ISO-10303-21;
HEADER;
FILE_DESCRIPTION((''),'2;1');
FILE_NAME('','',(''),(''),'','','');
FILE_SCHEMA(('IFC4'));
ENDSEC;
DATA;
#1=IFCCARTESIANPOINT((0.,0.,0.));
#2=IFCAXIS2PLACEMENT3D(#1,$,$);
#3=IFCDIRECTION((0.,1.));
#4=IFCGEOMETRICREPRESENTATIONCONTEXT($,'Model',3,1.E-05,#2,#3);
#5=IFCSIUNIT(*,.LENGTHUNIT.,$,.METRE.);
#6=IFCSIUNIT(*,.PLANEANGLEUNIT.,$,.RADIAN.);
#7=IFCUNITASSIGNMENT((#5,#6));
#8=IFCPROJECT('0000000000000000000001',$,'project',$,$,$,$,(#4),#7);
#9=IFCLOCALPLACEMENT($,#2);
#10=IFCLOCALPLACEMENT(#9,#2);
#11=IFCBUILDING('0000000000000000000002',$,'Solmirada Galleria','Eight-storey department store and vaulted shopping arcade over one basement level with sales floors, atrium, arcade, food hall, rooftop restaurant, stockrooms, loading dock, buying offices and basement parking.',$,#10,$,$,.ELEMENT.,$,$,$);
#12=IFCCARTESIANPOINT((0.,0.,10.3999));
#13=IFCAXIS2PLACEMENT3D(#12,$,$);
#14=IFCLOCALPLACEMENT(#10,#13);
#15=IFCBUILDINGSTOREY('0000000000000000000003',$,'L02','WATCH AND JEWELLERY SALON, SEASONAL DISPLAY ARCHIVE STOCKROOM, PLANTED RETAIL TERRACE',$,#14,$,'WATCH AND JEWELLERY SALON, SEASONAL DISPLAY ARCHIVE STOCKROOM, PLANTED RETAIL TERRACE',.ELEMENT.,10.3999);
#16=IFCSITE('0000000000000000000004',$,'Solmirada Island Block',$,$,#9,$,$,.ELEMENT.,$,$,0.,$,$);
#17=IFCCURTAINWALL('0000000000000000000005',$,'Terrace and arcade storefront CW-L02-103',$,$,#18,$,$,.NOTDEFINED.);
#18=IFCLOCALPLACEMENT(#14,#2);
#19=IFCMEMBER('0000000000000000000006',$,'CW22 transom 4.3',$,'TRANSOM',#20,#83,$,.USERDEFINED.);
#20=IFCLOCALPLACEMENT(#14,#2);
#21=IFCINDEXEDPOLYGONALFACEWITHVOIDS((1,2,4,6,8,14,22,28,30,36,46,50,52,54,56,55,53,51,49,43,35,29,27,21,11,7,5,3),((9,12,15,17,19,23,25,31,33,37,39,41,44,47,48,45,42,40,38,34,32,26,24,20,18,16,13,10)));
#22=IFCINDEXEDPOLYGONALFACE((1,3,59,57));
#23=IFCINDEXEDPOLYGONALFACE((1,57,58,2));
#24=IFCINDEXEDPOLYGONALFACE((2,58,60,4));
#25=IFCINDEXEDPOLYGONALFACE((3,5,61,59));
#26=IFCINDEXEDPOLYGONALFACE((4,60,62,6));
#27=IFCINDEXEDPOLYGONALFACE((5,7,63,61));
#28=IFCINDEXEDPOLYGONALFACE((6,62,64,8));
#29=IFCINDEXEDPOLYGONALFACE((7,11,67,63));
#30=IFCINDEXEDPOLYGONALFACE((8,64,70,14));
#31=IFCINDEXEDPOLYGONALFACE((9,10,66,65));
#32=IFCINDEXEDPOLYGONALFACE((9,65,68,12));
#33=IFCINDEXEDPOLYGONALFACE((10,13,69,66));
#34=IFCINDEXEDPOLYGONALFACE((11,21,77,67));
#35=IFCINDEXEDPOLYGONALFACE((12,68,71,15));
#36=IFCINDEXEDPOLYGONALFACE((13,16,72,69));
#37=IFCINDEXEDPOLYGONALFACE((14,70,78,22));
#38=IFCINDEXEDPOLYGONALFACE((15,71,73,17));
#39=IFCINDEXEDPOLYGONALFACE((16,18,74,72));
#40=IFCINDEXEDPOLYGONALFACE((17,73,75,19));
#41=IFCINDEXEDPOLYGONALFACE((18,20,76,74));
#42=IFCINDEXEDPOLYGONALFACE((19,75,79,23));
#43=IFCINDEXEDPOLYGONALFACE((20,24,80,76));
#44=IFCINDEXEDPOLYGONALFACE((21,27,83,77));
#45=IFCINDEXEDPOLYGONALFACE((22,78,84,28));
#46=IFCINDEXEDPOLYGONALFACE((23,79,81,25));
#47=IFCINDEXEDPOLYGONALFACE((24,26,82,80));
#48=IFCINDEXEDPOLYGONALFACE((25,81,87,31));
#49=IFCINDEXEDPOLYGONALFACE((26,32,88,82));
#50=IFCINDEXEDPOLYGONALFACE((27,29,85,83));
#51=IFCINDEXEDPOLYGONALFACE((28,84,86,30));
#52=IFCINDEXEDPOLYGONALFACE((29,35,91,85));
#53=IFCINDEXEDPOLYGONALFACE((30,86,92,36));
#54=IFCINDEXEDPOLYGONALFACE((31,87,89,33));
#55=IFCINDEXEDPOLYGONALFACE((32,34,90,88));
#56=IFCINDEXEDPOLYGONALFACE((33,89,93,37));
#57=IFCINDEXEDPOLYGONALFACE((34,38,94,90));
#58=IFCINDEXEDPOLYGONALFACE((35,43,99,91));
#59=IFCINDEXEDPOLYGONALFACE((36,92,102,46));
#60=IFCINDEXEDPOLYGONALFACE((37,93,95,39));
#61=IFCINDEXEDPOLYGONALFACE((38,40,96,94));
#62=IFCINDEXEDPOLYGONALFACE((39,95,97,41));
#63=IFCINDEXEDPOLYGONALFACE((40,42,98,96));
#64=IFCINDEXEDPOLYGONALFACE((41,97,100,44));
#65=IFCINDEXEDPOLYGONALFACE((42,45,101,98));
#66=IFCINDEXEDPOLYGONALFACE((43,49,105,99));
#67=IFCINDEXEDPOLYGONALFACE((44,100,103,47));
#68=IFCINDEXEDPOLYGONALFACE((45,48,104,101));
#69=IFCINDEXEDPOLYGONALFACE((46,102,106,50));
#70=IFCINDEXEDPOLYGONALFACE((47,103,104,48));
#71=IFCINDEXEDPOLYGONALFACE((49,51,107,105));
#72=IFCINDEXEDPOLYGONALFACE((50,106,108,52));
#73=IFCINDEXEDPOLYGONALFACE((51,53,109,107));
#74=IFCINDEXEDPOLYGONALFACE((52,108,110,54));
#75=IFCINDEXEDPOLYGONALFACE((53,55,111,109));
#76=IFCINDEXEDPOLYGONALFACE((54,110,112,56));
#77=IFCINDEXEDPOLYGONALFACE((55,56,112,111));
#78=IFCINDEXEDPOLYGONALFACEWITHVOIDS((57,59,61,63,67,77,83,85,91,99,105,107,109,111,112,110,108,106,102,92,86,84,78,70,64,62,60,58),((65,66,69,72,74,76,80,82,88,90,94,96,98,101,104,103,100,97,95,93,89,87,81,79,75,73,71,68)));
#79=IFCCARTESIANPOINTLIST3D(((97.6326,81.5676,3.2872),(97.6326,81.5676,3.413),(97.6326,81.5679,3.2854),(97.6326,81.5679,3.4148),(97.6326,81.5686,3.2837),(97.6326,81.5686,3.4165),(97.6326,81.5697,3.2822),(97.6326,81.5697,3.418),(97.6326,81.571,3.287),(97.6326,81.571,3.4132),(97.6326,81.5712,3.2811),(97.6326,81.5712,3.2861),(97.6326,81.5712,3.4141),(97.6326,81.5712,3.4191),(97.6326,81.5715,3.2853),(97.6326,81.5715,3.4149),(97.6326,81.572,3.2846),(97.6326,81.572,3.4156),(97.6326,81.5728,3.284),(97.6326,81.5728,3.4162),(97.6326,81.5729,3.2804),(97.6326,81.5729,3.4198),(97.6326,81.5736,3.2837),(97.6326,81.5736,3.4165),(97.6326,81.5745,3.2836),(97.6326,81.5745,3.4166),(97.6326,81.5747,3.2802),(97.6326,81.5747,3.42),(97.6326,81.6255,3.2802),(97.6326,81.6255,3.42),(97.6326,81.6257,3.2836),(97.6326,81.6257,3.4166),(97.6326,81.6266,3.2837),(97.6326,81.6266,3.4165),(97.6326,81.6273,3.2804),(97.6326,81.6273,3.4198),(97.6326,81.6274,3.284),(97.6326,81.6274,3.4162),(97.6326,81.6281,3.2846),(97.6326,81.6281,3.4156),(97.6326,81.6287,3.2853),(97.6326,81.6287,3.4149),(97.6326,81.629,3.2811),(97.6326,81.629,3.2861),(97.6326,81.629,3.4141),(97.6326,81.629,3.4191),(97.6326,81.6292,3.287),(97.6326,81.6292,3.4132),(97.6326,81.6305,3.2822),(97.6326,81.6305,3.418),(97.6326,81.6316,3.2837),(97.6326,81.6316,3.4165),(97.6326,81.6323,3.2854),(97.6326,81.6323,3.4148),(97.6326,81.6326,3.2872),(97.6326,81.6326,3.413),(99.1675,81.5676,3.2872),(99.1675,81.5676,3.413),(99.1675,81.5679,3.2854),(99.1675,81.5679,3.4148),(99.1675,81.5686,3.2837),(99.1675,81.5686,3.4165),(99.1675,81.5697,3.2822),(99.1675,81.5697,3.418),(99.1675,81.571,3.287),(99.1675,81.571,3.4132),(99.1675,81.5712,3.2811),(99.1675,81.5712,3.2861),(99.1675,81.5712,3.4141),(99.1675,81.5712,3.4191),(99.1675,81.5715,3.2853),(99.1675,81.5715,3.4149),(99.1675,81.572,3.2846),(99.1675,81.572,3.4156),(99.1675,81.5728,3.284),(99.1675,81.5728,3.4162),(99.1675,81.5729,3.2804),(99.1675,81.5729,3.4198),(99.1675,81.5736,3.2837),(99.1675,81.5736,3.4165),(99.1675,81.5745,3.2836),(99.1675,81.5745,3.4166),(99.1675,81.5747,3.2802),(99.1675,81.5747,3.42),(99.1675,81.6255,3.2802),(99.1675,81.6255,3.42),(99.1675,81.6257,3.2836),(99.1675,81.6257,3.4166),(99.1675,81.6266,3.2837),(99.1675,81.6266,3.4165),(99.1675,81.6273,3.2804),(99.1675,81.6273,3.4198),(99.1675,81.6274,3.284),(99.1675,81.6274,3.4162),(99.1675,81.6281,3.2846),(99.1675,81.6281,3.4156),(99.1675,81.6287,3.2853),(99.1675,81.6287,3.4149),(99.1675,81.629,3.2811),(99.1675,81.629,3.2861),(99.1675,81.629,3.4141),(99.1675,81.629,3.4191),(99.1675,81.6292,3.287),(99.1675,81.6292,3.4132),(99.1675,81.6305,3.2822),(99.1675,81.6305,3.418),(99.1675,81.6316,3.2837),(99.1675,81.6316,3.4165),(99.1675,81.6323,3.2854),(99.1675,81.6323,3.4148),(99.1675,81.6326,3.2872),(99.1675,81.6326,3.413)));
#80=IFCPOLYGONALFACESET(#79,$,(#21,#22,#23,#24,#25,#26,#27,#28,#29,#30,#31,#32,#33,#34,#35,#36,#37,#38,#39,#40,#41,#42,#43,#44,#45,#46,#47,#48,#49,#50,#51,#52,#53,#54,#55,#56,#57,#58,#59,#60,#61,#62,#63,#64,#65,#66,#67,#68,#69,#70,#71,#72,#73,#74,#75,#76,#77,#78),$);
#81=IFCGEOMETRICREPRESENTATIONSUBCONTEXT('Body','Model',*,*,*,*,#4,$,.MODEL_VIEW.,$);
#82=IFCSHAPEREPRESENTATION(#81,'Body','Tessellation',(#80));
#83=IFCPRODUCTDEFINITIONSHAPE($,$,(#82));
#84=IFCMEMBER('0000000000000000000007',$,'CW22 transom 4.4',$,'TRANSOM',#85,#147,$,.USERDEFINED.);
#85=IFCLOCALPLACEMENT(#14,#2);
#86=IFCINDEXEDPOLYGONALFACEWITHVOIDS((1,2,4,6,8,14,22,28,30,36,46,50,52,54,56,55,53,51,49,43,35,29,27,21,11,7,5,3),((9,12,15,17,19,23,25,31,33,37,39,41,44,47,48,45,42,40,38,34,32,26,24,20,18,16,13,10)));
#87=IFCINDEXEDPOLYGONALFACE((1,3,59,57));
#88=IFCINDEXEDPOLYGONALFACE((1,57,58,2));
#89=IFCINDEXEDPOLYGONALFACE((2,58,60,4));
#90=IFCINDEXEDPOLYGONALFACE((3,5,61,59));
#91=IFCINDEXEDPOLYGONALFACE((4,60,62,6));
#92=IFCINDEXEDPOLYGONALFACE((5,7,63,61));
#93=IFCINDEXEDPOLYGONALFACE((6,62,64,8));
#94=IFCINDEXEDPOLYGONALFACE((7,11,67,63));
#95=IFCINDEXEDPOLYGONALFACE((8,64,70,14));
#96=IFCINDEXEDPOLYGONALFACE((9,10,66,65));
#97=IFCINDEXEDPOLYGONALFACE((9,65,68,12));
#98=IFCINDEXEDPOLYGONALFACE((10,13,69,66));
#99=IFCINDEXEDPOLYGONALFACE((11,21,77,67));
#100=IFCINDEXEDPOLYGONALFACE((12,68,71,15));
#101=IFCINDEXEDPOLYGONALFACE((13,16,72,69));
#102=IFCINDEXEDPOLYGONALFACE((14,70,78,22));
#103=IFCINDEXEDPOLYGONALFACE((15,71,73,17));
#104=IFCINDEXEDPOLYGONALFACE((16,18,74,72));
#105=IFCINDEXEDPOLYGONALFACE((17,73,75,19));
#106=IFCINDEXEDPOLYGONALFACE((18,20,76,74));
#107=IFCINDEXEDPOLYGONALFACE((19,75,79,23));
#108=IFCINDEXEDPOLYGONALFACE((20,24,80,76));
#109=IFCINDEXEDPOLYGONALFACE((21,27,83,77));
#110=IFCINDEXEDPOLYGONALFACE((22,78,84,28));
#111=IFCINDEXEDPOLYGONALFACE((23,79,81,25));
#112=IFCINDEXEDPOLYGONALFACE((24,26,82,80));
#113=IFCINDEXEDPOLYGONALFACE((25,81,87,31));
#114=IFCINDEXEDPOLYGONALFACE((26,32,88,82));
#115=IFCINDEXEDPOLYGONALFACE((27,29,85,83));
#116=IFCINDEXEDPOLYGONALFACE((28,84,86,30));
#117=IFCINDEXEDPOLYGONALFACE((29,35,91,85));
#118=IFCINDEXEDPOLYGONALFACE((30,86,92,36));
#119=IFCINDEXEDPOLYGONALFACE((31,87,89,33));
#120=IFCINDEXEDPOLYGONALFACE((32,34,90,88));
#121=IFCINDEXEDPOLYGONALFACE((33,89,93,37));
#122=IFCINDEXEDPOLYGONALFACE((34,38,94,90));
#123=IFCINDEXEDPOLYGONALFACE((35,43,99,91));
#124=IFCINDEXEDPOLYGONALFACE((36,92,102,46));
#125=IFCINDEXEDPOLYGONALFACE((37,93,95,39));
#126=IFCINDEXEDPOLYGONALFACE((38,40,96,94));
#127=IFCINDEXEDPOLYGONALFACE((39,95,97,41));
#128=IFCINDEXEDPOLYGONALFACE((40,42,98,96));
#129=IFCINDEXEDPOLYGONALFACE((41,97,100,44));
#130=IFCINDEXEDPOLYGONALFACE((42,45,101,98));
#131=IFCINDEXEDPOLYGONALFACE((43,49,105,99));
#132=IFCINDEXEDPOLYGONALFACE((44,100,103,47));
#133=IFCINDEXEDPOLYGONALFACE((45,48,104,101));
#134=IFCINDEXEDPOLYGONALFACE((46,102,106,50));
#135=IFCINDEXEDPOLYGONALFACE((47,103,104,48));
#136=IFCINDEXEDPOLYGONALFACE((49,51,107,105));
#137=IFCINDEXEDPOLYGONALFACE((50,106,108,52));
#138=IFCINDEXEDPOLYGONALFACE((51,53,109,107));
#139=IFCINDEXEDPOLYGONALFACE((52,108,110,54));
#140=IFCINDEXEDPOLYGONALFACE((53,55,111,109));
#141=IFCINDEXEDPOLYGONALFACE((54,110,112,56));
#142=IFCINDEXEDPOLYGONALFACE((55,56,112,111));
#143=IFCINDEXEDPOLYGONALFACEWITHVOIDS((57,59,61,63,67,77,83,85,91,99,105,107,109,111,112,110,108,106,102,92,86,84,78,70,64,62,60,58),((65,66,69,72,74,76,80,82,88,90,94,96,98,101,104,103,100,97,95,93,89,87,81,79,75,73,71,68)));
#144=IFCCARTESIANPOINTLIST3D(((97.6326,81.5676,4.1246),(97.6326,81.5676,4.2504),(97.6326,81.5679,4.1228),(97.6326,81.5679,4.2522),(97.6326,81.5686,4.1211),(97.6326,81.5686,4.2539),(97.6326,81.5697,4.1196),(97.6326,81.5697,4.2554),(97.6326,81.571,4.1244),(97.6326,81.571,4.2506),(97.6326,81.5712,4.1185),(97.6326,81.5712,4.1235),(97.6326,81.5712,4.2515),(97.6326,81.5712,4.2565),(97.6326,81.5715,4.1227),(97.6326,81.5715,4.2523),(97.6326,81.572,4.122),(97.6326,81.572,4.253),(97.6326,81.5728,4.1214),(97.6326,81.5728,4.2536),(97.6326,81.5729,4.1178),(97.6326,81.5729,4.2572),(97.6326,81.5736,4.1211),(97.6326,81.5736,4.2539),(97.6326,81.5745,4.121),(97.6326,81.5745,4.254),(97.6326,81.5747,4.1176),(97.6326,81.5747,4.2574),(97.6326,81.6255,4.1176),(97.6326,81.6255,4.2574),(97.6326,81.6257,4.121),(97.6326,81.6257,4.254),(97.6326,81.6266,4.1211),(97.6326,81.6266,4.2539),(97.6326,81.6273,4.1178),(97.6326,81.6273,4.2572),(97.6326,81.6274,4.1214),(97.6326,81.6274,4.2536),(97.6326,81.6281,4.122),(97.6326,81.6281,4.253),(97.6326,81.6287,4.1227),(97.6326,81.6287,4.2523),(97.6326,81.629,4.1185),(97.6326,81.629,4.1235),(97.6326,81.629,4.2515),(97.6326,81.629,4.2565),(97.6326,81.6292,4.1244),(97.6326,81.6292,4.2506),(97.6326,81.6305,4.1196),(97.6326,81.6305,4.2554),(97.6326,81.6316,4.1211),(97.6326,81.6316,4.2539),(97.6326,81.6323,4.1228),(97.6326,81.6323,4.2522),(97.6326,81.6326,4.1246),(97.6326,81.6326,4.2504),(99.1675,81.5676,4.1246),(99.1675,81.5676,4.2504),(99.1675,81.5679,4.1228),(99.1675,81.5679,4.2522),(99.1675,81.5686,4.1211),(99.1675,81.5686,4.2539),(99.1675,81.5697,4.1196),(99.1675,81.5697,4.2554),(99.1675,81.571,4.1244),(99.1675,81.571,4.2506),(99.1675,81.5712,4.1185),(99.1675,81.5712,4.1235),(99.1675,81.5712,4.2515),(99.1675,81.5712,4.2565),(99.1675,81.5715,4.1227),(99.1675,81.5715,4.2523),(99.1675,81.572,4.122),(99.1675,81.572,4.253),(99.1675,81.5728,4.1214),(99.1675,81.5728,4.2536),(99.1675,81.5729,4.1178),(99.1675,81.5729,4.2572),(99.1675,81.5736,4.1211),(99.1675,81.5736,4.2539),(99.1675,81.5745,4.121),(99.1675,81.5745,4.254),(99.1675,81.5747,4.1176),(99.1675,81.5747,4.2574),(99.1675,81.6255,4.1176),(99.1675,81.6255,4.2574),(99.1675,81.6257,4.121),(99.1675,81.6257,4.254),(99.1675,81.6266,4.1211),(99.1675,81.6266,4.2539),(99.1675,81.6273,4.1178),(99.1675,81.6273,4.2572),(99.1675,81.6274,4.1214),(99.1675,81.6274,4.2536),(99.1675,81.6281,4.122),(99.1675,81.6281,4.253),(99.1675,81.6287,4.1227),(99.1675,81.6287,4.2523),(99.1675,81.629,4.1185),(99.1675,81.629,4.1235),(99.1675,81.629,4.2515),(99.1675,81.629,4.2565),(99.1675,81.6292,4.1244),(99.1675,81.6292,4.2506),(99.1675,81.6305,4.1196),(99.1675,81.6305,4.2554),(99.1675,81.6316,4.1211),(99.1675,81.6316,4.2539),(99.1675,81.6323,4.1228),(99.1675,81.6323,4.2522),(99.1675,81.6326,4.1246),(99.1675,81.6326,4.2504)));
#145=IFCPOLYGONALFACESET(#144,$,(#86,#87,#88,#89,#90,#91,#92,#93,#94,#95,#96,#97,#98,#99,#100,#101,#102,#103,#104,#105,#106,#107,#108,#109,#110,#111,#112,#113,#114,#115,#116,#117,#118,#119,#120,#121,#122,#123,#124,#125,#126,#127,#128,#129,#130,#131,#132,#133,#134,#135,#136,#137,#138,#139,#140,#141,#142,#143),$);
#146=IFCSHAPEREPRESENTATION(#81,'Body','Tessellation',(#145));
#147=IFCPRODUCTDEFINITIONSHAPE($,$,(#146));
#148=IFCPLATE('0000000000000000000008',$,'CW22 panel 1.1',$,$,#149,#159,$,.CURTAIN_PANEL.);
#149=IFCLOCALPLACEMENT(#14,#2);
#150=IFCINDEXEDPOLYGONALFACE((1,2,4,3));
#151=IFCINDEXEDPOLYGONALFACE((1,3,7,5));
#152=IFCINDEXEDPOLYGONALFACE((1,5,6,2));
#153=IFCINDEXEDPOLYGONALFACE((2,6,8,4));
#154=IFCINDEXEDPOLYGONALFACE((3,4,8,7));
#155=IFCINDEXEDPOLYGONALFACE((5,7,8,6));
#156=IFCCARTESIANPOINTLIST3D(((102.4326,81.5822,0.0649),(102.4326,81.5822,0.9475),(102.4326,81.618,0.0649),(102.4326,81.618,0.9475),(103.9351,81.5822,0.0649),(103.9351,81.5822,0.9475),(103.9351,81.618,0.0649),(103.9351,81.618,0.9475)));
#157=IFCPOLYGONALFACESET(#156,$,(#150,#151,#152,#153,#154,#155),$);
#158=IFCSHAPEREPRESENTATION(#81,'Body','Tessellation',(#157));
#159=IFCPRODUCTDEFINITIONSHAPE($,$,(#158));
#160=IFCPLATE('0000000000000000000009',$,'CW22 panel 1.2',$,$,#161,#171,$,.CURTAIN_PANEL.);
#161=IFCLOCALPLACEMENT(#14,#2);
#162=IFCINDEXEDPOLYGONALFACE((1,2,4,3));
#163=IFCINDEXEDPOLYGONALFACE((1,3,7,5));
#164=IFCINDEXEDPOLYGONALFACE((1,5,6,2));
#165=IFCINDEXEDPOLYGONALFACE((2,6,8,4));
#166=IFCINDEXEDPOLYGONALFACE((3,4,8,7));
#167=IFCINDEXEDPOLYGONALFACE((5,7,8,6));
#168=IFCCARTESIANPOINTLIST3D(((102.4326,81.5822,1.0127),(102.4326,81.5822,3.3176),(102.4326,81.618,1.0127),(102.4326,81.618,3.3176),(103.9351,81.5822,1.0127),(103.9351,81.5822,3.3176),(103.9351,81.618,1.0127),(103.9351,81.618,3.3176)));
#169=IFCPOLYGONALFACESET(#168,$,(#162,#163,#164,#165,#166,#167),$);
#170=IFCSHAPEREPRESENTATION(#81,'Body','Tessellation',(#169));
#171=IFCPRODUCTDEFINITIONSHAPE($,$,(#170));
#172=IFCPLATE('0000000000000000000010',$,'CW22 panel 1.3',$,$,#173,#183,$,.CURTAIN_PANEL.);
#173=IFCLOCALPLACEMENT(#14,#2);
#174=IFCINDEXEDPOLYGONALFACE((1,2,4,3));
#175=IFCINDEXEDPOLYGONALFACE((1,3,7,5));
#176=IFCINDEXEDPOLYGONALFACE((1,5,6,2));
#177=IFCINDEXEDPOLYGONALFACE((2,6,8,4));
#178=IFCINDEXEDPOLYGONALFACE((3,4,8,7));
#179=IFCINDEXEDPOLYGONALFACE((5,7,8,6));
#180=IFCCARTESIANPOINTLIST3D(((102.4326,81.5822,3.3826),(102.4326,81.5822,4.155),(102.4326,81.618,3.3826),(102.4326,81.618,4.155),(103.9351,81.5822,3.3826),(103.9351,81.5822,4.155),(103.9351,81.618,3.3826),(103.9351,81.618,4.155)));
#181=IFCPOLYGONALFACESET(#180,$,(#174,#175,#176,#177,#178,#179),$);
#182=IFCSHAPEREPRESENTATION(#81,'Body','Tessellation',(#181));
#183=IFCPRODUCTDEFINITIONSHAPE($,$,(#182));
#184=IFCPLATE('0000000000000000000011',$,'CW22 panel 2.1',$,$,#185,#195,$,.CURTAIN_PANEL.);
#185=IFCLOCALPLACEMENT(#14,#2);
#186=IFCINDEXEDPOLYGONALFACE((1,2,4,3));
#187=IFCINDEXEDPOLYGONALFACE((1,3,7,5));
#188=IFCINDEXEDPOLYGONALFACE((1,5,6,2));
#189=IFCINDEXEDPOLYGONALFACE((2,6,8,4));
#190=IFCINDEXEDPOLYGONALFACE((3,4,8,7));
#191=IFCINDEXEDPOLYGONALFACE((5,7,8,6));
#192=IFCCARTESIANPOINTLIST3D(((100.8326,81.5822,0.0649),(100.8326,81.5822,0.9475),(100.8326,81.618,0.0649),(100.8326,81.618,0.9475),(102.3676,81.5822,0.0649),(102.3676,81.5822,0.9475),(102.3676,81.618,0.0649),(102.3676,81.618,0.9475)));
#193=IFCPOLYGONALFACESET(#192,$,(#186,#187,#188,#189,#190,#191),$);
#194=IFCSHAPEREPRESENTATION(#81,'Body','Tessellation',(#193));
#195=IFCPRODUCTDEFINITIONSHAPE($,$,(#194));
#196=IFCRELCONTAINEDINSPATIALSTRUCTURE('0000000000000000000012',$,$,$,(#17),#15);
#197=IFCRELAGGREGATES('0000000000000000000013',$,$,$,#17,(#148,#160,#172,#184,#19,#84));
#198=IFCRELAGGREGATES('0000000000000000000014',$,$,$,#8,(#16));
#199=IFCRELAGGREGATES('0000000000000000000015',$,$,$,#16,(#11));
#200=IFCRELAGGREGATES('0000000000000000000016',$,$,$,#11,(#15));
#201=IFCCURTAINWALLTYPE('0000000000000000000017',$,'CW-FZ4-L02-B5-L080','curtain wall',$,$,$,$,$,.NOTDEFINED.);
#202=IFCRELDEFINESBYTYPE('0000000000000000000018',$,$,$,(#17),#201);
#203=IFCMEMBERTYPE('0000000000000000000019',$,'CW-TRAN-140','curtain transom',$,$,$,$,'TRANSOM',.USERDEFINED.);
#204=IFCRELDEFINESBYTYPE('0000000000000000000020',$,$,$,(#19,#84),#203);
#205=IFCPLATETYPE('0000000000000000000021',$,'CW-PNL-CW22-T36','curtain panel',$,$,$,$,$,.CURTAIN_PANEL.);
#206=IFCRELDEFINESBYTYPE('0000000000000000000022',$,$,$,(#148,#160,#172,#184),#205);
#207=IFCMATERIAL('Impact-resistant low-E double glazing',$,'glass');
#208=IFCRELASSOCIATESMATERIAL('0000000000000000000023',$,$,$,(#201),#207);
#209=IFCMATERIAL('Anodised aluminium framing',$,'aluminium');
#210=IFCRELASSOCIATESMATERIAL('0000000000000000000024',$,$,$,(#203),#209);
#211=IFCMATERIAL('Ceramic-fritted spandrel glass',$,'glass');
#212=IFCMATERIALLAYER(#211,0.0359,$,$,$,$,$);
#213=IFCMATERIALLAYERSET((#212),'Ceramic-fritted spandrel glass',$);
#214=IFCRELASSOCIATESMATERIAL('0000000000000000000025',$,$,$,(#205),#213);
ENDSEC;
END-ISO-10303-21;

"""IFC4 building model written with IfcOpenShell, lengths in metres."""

from ifc_helpers import new_model, si_unit, direction, frame, origin, origin_2d, place, context, subcontext, project, spatial, rectangle, hollow_rectangle, extrude, material, layer, layer_set, material_profile, profile_set, type_object, element, aggregate, save


model = new_model("IFC4")

# Units and contexts
model_context = context("Model", 3, precision=1e-05, world=origin(), true_north=direction((0.0, 1.0)))
body_context = subcontext(model_context, "Body", "Model", "MODEL_VIEW")
ifc_project = project(units=[si_unit("LENGTHUNIT", "METRE"), si_unit("PLANEANGLEUNIT", "RADIAN")], contexts=[model_context])

# Site, building, storey
site_placement = place(None, origin())
site = spatial("IfcSite", under=ifc_project, at=site_placement, Name="Solmirada Island Block", CompositionType="ELEMENT", RefElevation=0.0)
building_placement = place(site_placement, origin())
building = spatial("IfcBuilding", under=site, at=building_placement, Name="Solmirada Galleria", Description="Eight-storey department store and vaulted shopping arcade over one basement level with sales floors, atrium, arcade, food hall, rooftop restaurant, stockrooms, loading dock, buying offices and basement parking.", CompositionType="ELEMENT")
storey_placement = place(building_placement, frame((0.0, 0.0, 10.3999)))
storey = spatial("IfcBuildingStorey", under=building, at=storey_placement, Name="L02", Description="WATCH AND JEWELLERY SALON, SEASONAL DISPLAY ARCHIVE STOCKROOM, PLANTED RETAIL TERRACE", LongName="WATCH AND JEWELLERY SALON, SEASONAL DISPLAY ARCHIVE STOCKROOM, PLANTED RETAIL TERRACE", CompositionType="ELEMENT", Elevation=10.3999)

# Curtain wall, members, plates
ifc_material_1 = material(Name="Impact-resistant low-E double glazing", Category="glass")
curtain_wall_type = type_object("IfcCurtainWallType", Name="CW-FZ4-L02-B5-L080", Description="curtain wall", PredefinedType="NOTDEFINED", material=ifc_material_1)
curtain_wall_placement = place(storey_placement, origin())
curtain_wall = element("IfcCurtainWall", 1, at=curtain_wall_placement, inside=storey, type_object=curtain_wall_type, Name="Terrace and arcade storefront CW-L02-103", PredefinedType="NOTDEFINED")
ifc_material_2 = material(Name="Anodised aluminium framing", Category="aluminium")
ifc_material_profile_1 = material_profile(ifc_material_2, hollow_rectangle(XDim=0.0649, YDim=0.1399, WallThickness=0.0034, InnerFilletRadius=0.0034, OuterFilletRadius=0.0071, at=origin_2d()), Name="ALU-TRAN-140X65")
ifc_profile_set_1 = profile_set([ifc_material_profile_1], Name="Anodised aluminium framing")
member_type_1 = type_object("IfcMemberType", Name="CW-TRAN-140", Description="curtain transom", ElementType="TRANSOM", PredefinedType="USERDEFINED", material=ifc_profile_set_1)
member_1_placement = place(storey_placement, frame((99.1675, 81.6001, 3.3501), z_axis=(-1.0, 0.0, 0.0), x_axis=(0.0, -1.0, 0.0)))
member_1 = element("IfcMember", 2, at=member_1_placement, type_object=member_type_1, Name="CW22 transom 4.3", ObjectType="TRANSOM", PredefinedType="USERDEFINED", context=body_context, shape_type="SweptSolid", body=[
    extrude(hollow_rectangle(XDim=0.0649, YDim=0.1399, WallThickness=0.0034, InnerFilletRadius=0.0034, OuterFilletRadius=0.0071, at=origin_2d()), origin(), (0.0, 0.0, 1.0), 1.5349),
])
member_2_placement = place(storey_placement, frame((99.1675, 81.6001, 4.1875), z_axis=(-1.0, 0.0, 0.0), x_axis=(0.0, -1.0, 0.0)))
member_2 = element("IfcMember", 3, at=member_2_placement, type_object=member_type_1, Name="CW22 transom 4.4", ObjectType="TRANSOM", PredefinedType="USERDEFINED", context=body_context, shape_type="SweptSolid", body=[
    extrude(hollow_rectangle(XDim=0.0649, YDim=0.1399, WallThickness=0.0034, InnerFilletRadius=0.0034, OuterFilletRadius=0.0071, at=origin_2d()), origin(), (0.0, 0.0, 1.0), 1.5349),
])
ifc_material_3 = material(Name="Ceramic-fritted spandrel glass", Category="glass")
ifc_layer = layer(ifc_material_3, 0.0359)
ifc_layer_set = layer_set([ifc_layer], Name="Ceramic-fritted spandrel glass")
plate_type = type_object("IfcPlateType", Name="CW-PNL-CW22-T36", Description="curtain panel", PredefinedType="CURTAIN_PANEL", material=ifc_layer_set)
plate_1_placement = place(storey_placement, frame((103.1838, 81.6001, 0.0649), z_axis=(0.0, 0.0, 1.0), x_axis=(-1.0, 0.0, 0.0)))
plate_1 = element("IfcPlate", 4, at=plate_1_placement, type_object=plate_type, Name="CW22 panel 1.1", PredefinedType="CURTAIN_PANEL", context=body_context, shape_type="SweptSolid", body=[
    extrude(rectangle(XDim=1.5024, YDim=0.0359, at=origin_2d()), origin(), (0.0, 0.0, 1.0), 0.8826),
])
plate_2_placement = place(storey_placement, frame((103.1838, 81.6001, 1.0127), z_axis=(0.0, 0.0, 1.0), x_axis=(-1.0, 0.0, 0.0)))
plate_2 = element("IfcPlate", 5, at=plate_2_placement, type_object=plate_type, Name="CW22 panel 1.2", PredefinedType="CURTAIN_PANEL", context=body_context, shape_type="SweptSolid", body=[
    extrude(rectangle(XDim=1.5024, YDim=0.0359, at=origin_2d()), origin(), (0.0, 0.0, 1.0), 2.3049),
])
plate_3_placement = place(storey_placement, frame((103.1838, 81.6001, 3.3826), z_axis=(0.0, 0.0, 1.0), x_axis=(-1.0, 0.0, 0.0)))
plate_3 = element("IfcPlate", 6, at=plate_3_placement, type_object=plate_type, Name="CW22 panel 1.3", PredefinedType="CURTAIN_PANEL", context=body_context, shape_type="SweptSolid", body=[
    extrude(rectangle(XDim=1.5024, YDim=0.0359, at=origin_2d()), origin(), (0.0, 0.0, 1.0), 0.7725),
])
plate_4_placement = place(storey_placement, frame((101.6001, 81.6001, 0.0649), z_axis=(0.0, 0.0, 1.0), x_axis=(-1.0, 0.0, 0.0)))
plate_4 = element("IfcPlate", 7, at=plate_4_placement, type_object=plate_type, Name="CW22 panel 2.1", PredefinedType="CURTAIN_PANEL", context=body_context, shape_type="SweptSolid", body=[
    extrude(rectangle(XDim=1.5349, YDim=0.0359, at=origin_2d()), origin(), (0.0, 0.0, 1.0), 0.8826),
])
aggregate(curtain_wall, [plate_1, plate_2, plate_3, plate_4, member_1, member_2])

save(model, "model.ifc")
